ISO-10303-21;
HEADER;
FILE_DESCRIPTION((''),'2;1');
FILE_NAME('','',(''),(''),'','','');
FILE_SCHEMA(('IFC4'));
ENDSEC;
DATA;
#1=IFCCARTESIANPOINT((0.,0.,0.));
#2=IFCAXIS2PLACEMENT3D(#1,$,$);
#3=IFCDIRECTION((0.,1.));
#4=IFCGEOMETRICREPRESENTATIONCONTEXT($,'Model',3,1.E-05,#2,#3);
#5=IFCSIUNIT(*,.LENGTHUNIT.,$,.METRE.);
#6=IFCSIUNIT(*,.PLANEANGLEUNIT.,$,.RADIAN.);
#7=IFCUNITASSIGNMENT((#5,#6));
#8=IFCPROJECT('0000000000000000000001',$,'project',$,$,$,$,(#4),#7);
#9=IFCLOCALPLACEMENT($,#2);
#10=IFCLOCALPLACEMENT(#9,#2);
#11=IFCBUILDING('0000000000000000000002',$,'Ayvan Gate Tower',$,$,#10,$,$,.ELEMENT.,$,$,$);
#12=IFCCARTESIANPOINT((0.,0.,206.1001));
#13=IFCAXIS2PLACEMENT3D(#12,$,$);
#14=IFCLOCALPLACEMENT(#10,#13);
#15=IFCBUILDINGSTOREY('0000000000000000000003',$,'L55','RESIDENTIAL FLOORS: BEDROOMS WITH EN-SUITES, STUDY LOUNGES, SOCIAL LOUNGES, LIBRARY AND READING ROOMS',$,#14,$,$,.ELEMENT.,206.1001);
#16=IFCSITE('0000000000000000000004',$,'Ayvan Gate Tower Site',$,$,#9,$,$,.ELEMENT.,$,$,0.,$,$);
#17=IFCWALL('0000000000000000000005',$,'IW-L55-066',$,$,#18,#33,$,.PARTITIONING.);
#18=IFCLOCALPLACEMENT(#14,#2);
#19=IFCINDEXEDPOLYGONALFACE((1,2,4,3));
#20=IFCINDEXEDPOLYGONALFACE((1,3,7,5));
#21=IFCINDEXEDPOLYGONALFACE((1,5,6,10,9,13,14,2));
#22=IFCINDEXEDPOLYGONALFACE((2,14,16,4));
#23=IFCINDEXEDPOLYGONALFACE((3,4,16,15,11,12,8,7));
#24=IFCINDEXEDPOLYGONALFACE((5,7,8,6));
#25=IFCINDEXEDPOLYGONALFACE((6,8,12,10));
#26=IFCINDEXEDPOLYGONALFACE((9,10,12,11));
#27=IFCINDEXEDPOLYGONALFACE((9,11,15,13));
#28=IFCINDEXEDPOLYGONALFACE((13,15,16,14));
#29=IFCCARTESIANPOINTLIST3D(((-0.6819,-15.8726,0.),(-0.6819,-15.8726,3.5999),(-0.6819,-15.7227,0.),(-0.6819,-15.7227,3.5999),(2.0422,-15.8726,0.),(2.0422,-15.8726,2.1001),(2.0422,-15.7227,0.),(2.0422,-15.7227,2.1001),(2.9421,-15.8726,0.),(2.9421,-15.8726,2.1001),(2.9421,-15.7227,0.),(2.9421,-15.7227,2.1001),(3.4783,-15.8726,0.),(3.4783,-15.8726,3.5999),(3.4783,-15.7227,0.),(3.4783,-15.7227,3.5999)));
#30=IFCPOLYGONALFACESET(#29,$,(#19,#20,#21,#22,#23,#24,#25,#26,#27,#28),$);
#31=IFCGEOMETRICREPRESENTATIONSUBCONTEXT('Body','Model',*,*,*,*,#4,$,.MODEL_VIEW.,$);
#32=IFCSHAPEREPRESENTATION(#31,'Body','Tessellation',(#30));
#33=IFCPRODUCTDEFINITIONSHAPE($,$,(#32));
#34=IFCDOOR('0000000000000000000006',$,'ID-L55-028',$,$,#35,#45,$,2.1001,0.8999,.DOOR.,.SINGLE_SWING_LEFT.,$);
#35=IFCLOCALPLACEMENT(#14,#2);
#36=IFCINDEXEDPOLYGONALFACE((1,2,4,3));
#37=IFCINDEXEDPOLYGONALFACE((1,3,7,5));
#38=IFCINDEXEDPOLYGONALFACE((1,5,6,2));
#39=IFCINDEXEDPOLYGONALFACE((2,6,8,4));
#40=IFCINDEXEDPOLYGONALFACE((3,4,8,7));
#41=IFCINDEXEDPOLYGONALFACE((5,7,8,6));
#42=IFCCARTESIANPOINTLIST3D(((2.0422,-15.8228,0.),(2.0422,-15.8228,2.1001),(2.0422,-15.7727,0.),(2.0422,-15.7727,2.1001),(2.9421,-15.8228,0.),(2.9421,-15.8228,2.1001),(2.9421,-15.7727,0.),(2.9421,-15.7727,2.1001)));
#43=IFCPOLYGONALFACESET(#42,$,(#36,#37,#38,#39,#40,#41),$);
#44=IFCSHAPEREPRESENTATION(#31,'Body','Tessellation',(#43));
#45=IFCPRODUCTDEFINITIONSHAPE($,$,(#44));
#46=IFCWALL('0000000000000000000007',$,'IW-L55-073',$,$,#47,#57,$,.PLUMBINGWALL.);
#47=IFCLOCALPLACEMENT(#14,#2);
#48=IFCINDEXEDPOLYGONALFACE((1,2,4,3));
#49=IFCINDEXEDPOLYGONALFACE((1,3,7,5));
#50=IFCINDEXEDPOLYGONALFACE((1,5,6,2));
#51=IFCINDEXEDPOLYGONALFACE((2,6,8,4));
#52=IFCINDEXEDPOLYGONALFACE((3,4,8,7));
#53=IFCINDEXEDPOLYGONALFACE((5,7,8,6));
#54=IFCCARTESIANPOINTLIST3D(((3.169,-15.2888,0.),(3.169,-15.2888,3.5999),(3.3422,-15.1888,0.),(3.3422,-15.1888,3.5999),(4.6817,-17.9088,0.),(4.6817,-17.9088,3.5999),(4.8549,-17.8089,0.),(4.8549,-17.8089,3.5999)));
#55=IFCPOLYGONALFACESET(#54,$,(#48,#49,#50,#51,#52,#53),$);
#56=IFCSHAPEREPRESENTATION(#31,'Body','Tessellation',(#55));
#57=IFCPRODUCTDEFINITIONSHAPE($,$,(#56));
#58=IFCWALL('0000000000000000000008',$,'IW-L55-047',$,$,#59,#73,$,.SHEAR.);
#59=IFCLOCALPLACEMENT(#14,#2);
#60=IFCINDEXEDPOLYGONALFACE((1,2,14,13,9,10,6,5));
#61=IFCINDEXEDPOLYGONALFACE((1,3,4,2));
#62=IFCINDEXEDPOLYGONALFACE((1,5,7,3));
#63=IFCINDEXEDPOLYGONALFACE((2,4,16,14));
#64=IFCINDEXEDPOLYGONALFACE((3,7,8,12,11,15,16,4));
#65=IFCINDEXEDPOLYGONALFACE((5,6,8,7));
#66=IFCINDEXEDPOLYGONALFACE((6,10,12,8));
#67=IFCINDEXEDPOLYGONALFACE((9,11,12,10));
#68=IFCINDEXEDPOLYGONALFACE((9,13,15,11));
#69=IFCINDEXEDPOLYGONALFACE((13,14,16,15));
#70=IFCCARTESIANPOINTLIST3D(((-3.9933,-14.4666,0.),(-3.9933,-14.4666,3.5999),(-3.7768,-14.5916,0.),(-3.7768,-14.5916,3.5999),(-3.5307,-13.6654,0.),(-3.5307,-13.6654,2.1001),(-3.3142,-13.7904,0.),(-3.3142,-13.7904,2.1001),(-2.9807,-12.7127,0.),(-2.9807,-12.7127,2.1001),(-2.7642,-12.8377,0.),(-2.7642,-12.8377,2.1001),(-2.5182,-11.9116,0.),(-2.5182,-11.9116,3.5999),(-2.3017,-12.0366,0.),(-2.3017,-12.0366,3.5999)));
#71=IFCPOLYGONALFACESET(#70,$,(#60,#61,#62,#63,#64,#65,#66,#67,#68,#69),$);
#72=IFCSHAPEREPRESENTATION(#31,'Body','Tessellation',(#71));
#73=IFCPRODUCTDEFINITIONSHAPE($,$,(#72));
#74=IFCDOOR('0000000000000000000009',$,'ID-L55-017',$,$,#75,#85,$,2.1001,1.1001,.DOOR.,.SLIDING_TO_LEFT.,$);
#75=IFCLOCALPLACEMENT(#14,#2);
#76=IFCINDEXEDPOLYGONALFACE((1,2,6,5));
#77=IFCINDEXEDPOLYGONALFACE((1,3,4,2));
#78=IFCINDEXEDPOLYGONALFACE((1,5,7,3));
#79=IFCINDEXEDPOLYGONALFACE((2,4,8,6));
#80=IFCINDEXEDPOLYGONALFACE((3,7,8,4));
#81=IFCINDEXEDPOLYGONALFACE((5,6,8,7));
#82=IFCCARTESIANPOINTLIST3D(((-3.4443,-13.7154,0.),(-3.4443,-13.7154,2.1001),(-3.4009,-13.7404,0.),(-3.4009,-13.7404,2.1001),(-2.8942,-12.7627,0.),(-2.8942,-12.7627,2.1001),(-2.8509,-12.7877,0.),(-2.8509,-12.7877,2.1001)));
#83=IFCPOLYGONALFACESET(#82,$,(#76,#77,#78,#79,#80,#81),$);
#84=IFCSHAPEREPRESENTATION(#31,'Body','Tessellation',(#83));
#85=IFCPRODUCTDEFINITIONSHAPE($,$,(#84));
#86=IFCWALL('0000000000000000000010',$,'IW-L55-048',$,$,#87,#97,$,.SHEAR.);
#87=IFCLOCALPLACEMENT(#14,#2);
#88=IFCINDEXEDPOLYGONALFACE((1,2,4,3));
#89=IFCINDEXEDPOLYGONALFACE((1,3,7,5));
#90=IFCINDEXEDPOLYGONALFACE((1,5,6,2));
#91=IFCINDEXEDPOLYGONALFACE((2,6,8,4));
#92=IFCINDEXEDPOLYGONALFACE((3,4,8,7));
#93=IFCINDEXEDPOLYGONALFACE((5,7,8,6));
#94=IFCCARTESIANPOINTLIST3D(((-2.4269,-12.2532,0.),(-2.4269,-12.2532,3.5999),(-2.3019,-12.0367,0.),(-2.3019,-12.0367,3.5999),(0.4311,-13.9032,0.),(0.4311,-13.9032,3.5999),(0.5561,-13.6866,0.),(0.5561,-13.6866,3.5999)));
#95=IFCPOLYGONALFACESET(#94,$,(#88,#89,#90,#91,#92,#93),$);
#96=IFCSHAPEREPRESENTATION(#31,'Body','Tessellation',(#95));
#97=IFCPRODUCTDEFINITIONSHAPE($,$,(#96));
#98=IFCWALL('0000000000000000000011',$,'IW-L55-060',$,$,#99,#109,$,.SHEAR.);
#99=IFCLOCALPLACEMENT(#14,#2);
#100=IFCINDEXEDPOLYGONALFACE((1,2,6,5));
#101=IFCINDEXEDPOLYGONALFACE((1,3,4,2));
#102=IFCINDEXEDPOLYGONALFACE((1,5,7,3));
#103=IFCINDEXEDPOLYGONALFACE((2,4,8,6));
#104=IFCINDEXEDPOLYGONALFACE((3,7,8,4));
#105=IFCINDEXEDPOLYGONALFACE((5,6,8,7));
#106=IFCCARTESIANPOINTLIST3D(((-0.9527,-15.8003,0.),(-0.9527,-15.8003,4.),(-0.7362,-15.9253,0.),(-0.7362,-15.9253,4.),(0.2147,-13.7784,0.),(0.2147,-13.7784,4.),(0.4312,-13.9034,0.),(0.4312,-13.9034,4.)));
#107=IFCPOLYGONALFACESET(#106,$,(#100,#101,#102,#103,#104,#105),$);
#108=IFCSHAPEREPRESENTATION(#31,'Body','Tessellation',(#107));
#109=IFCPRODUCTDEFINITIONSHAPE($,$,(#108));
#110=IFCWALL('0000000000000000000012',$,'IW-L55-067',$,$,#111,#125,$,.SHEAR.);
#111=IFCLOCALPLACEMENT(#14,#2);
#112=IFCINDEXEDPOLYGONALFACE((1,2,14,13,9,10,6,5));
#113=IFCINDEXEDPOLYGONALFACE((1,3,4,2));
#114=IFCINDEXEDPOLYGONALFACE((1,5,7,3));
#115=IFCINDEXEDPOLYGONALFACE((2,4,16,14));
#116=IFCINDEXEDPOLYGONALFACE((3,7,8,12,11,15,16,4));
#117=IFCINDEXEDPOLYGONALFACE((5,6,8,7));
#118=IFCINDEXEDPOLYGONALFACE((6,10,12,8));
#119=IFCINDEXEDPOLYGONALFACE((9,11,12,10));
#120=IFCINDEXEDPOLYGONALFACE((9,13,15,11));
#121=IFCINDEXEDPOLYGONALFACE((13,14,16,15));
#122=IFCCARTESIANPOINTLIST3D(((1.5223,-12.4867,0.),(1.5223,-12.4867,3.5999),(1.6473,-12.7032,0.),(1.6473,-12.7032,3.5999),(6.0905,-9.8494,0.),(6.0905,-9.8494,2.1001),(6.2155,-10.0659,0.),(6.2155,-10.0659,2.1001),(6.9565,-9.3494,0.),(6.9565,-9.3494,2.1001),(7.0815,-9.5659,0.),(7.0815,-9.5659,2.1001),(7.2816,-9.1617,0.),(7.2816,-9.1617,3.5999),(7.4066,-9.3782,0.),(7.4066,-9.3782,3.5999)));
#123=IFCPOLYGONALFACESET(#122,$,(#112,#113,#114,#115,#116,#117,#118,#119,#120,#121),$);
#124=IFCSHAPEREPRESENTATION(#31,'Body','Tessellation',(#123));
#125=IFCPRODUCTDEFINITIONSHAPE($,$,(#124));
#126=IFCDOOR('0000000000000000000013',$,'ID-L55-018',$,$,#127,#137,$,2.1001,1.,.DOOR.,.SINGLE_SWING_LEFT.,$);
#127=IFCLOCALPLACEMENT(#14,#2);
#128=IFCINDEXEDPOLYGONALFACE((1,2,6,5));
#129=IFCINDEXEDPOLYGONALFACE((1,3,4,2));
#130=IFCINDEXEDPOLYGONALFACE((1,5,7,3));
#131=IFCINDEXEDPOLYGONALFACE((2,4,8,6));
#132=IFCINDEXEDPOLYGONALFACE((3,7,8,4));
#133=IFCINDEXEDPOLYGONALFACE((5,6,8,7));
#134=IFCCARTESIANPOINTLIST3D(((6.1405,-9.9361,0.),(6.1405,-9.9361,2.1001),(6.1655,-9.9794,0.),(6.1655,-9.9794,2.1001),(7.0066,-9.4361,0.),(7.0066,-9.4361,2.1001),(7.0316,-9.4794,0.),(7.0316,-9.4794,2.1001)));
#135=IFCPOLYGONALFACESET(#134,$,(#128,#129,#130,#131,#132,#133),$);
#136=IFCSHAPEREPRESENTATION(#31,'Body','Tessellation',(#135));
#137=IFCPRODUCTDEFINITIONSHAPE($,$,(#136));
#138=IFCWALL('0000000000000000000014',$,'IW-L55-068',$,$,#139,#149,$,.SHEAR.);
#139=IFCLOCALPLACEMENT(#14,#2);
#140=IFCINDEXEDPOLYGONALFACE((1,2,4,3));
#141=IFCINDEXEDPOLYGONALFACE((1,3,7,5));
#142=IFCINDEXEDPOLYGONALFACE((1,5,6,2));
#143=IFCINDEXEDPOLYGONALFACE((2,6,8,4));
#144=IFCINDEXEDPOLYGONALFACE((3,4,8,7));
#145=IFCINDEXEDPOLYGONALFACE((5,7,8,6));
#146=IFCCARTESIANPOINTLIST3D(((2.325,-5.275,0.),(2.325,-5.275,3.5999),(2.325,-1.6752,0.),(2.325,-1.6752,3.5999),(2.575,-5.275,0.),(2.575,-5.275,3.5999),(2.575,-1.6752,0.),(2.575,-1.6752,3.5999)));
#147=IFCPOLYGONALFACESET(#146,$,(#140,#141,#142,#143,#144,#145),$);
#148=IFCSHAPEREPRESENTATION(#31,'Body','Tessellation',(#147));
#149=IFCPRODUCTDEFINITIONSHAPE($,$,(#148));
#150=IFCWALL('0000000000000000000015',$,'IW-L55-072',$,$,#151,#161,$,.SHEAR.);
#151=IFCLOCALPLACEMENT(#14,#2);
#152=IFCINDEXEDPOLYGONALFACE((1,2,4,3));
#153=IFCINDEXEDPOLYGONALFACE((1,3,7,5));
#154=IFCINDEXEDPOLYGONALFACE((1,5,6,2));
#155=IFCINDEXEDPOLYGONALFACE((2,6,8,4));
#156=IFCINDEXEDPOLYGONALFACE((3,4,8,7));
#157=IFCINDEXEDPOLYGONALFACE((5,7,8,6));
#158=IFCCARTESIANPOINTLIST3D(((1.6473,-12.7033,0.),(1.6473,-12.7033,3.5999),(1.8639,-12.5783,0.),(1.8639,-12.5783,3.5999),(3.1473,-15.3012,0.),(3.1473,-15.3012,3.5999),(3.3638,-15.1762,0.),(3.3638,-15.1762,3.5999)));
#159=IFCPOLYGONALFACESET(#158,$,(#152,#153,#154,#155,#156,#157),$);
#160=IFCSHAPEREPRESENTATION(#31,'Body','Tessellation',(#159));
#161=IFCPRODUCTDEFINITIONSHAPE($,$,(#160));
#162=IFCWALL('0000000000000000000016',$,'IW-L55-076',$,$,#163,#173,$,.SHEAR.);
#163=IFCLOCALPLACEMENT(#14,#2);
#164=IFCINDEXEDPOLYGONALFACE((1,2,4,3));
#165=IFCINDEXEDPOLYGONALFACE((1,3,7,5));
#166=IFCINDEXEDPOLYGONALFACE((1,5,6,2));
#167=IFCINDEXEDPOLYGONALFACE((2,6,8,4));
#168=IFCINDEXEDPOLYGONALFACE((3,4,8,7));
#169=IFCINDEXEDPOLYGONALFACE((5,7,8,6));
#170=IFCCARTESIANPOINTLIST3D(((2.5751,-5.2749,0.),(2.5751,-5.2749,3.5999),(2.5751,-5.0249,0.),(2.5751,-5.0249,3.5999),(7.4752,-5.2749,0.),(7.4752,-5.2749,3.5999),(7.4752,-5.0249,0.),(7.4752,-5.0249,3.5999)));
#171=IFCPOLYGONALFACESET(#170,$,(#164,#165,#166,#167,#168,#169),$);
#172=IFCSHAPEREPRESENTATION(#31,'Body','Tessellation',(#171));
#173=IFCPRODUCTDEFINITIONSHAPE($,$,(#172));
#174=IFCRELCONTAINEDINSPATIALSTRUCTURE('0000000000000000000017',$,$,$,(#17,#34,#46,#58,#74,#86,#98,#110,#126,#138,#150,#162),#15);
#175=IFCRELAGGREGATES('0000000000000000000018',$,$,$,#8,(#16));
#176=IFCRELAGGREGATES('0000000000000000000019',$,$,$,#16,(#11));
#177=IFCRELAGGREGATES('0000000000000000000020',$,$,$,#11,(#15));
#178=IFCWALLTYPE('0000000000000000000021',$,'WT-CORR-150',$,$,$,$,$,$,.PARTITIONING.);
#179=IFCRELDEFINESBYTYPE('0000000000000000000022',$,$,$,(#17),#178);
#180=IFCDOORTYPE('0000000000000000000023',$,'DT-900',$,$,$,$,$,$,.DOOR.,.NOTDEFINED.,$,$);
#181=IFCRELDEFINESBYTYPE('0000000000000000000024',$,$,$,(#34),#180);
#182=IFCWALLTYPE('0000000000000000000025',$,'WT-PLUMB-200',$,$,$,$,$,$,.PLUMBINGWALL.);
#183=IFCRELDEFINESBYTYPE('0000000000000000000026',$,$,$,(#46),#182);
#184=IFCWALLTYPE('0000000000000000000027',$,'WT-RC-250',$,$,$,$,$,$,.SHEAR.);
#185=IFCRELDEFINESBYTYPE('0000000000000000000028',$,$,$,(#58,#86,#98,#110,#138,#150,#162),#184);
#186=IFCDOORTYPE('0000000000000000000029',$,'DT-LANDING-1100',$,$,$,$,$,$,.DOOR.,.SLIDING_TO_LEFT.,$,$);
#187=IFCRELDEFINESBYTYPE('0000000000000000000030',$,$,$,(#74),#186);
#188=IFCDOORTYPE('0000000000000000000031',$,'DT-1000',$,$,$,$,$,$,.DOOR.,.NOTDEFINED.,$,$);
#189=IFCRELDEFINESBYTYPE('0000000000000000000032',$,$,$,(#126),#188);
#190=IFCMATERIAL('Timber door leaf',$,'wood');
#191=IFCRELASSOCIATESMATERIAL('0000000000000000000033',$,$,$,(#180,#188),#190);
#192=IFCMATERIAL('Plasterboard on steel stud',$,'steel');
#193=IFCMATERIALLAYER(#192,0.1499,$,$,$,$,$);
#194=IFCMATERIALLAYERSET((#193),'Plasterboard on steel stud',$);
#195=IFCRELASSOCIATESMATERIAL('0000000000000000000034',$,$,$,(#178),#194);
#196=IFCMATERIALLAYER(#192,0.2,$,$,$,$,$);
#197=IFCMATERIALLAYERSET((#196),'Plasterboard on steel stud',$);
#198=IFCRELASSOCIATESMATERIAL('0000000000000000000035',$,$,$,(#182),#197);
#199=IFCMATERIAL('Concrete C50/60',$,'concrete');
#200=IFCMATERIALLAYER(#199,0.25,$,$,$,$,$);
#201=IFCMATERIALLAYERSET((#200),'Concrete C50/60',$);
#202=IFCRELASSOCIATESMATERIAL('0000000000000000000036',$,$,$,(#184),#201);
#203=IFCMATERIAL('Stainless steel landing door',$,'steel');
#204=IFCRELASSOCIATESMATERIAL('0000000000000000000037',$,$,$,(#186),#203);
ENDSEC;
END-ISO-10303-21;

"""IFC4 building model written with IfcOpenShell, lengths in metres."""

from ifc_helpers import new_model, si_unit, direction, frame, frame_2d, origin, place, context, subcontext, project, spatial, rectangle, extrude, material, layer, layer_set, type_object, element, fill, save


model = new_model("IFC4")

# Units and contexts
model_context = context("Model", 3, precision=1e-05, world=origin(), true_north=direction((0.0, 1.0)))
body_context = subcontext(model_context, "Body", "Model", "MODEL_VIEW")
ifc_project = project(units=[si_unit("LENGTHUNIT", "METRE"), si_unit("PLANEANGLEUNIT", "RADIAN")], contexts=[model_context])

# Site, building, storey
site_placement = place(None, origin())
site = spatial("IfcSite", under=ifc_project, at=site_placement, Name="Ayvan Gate Tower Site", CompositionType="ELEMENT", RefElevation=0.0)
building_placement = place(site_placement, origin())
building = spatial("IfcBuilding", under=site, at=building_placement, Name="Ayvan Gate Tower", CompositionType="ELEMENT")
storey_placement = place(building_placement, frame((0.0, 0.0, 206.1001)))
storey = spatial("IfcBuildingStorey", under=building, at=storey_placement, Name="L55", Description="RESIDENTIAL FLOORS: BEDROOMS WITH EN-SUITES, STUDY LOUNGES, SOCIAL LOUNGES, LIBRARY AND READING ROOMS", CompositionType="ELEMENT", Elevation=206.1001)

# Wall, opening, door
ifc_material_1 = material(Name="Timber door leaf", Category="wood")
door_type_1 = type_object("IfcDoorType", Name="DT-900", OperationType="NOTDEFINED", PredefinedType="DOOR", material=ifc_material_1)
ifc_material_2 = material(Name="Plasterboard on steel stud", Category="steel")
ifc_layer_1 = layer(ifc_material_2, 0.1499)
ifc_layer_set_1 = layer_set([ifc_layer_1], Name="Plasterboard on steel stud")
wall_type_1 = type_object("IfcWallType", Name="WT-CORR-150", PredefinedType="PARTITIONING", material=ifc_layer_set_1)
wall_1_placement = place(storey_placement, frame((-0.6819, -15.7976, 0.0), z_axis=(0.0, 0.0, 1.0), x_axis=(1.0, 0.0, 0.0)))
wall_1 = element("IfcWall", 1, at=wall_1_placement, inside=storey, type_object=wall_type_1, Name="IW-L55-066", PredefinedType="PARTITIONING", context=body_context, shape_type="SweptSolid", body=[
    extrude(rectangle(XDim=4.1602, YDim=0.1499, at=frame_2d((2.0801, 0.0))), origin(), (0.0, 0.0, 1.0), 3.5999),
])
opening_1_placement = place(wall_1_placement, frame((2.7241, 0.0, 0.0)))
opening_1 = element("IfcOpeningElement", 2, at=opening_1_placement, cuts=wall_1, PredefinedType="OPENING", context=body_context, shape_type="SweptSolid", body=[
    extrude(rectangle(XDim=0.8999, YDim=2.1001, at=frame_2d((0.45, 1.05))), frame((0.0, 0.085, 0.0), z_axis=(0.0, -1.0, 0.0), x_axis=(1.0, 0.0, 0.0)), (0.0, 0.0, 1.0), 0.1699),
])
door_1_placement = place(opening_1_placement, origin())
door_1 = element("IfcDoor", 3, at=door_1_placement, inside=storey, type_object=door_type_1, Name="ID-L55-028", OperationType="SINGLE_SWING_LEFT", OverallHeight=2.1001, OverallWidth=0.8999, PredefinedType="DOOR", context=body_context, shape_type="SweptSolid", body=[
    extrude(rectangle(XDim=0.8999, YDim=2.1001, at=frame_2d((0.45, 1.05))), frame((0.0, 0.0249, 0.0), z_axis=(0.0, -1.0, 0.0), x_axis=(1.0, 0.0, 0.0)), (0.0, 0.0, 1.0), 0.05),
])
fill(opening_1, door_1)

# Wall
ifc_layer_2 = layer(ifc_material_2, 0.2)
ifc_layer_set_2 = layer_set([ifc_layer_2], Name="Plasterboard on steel stud")
wall_type_2 = type_object("IfcWallType", Name="WT-PLUMB-200", PredefinedType="PLUMBINGWALL", material=ifc_layer_set_2)
wall_2_placement = place(storey_placement, frame((3.2556, -15.2388, 0.0), z_axis=(0.0, 0.0, 1.0), x_axis=(0.499993, -0.86603, 0.0)))
element("IfcWall", 4, at=wall_2_placement, inside=storey, type_object=wall_type_2, Name="IW-L55-073", PredefinedType="PLUMBINGWALL", context=body_context, shape_type="SweptSolid", body=[
    extrude(rectangle(XDim=3.0254, YDim=0.2, at=frame_2d((1.5127, 0.0))), origin(), (0.0, 0.0, 1.0), 3.5999),
])

# Wall, opening, door
ifc_material_3 = material(Name="Concrete C50/60", Category="concrete")
ifc_layer_3 = layer(ifc_material_3, 0.25)
ifc_layer_set_3 = layer_set([ifc_layer_3], Name="Concrete C50/60")
wall_type_3 = type_object("IfcWallType", Name="WT-RC-250", PredefinedType="SHEAR", material=ifc_layer_set_3)
wall_3_placement = place(storey_placement, frame((-2.4099, -11.9741, 0.0), z_axis=(0.0, 0.0, 1.0), x_axis=(-0.500002, -0.866024, 0.0)))
wall_3 = element("IfcWall", 5, at=wall_3_placement, inside=storey, type_object=wall_type_3, Name="IW-L55-047", PredefinedType="SHEAR", context=body_context, shape_type="SweptSolid", body=[
    extrude(rectangle(XDim=2.9502, YDim=0.25, at=frame_2d((1.4751, 0.0))), origin(), (0.0, 0.0, 1.0), 3.5999),
])
opening_2_placement = place(wall_3_placement, frame((0.925, 0.0, 0.0)))
opening_2 = element("IfcOpeningElement", 6, at=opening_2_placement, cuts=wall_3, PredefinedType="OPENING", context=body_context, shape_type="SweptSolid", body=[
    extrude(rectangle(XDim=1.1001, YDim=2.1001, at=frame_2d((0.55, 1.05))), frame((0.0, 0.135, 0.0), z_axis=(0.0, -1.0, 0.0), x_axis=(1.0, 0.0, 0.0)), (0.0, 0.0, 1.0), 0.27),
])
ifc_material_4 = material(Name="Stainless steel landing door", Category="steel")
door_type_2 = type_object("IfcDoorType", Name="DT-LANDING-1100", OperationType="SLIDING_TO_LEFT", PredefinedType="DOOR", material=ifc_material_4)
door_2_placement = place(opening_2_placement, origin())
door_2 = element("IfcDoor", 7, at=door_2_placement, inside=storey, type_object=door_type_2, Name="ID-L55-017", OperationType="SLIDING_TO_LEFT", OverallHeight=2.1001, OverallWidth=1.1001, PredefinedType="DOOR", context=body_context, shape_type="SweptSolid", body=[
    extrude(rectangle(XDim=1.1001, YDim=2.1001, at=frame_2d((0.55, 1.05))), frame((0.0, 0.0249, 0.0), z_axis=(0.0, -1.0, 0.0), x_axis=(1.0, 0.0, 0.0)), (0.0, 0.0, 1.0), 0.05),
])
fill(opening_2, door_2)

# Walls
wall_4_placement = place(storey_placement, frame((-2.3643, -12.145, 0.0), z_axis=(0.0, 0.0, 1.0), x_axis=(0.86604, -0.499974, 0.0)))
element("IfcWall", 8, at=wall_4_placement, inside=storey, type_object=wall_type_3, Name="IW-L55-048", PredefinedType="SHEAR", context=body_context, shape_type="SweptSolid", body=[
    extrude(rectangle(XDim=3.3, YDim=0.25, at=frame_2d((1.6499, 0.0))), origin(), (0.0, 0.0, 1.0), 3.5999),
])
wall_5_placement = place(storey_placement, frame((0.323, -13.8408, 0.0), z_axis=(0.0, 0.0, 1.0), x_axis=(-0.50003, -0.866008, 0.0)))
element("IfcWall", 9, at=wall_5_placement, inside=storey, type_object=wall_type_3, Name="IW-L55-060", PredefinedType="SHEAR", context=body_context, shape_type="SweptSolid", body=[
    extrude(rectangle(XDim=2.3347, YDim=0.25, at=frame_2d((1.1675, 0.0))), origin(), (0.0, 0.0, 1.0), 4.0),
])

# Wall, opening, door
wall_6_placement = place(storey_placement, frame((1.5847, -12.595, 0.0), z_axis=(0.0, 0.0, 1.0), x_axis=(0.866036, 0.499981, 0.0)))
wall_6 = element("IfcWall", 10, at=wall_6_placement, inside=storey, type_object=wall_type_3, Name="IW-L55-067", PredefinedType="SHEAR", context=body_context, shape_type="SweptSolid", body=[
    extrude(rectangle(XDim=6.6501, YDim=0.25, at=frame_2d((3.3252, 0.0))), origin(), (0.0, 0.0, 1.0), 3.5999),
])
opening_3_placement = place(wall_6_placement, frame((5.2749, 0.0, 0.0)))
opening_3 = element("IfcOpeningElement", 11, at=opening_3_placement, cuts=wall_6, PredefinedType="OPENING", context=body_context, shape_type="SweptSolid", body=[
    extrude(rectangle(XDim=1.0, YDim=2.1001, at=frame_2d((0.5, 1.05))), frame((0.0, 0.135, 0.0), z_axis=(0.0, -1.0, 0.0), x_axis=(1.0, 0.0, 0.0)), (0.0, 0.0, 1.0), 0.27),
])
door_type_3 = type_object("IfcDoorType", Name="DT-1000", OperationType="NOTDEFINED", PredefinedType="DOOR", material=ifc_material_1)
door_3_placement = place(opening_3_placement, origin())
door_3 = element("IfcDoor", 12, at=door_3_placement, inside=storey, type_object=door_type_3, Name="ID-L55-018", OperationType="SINGLE_SWING_LEFT", OverallHeight=2.1001, OverallWidth=1.0, PredefinedType="DOOR", context=body_context, shape_type="SweptSolid", body=[
    extrude(rectangle(XDim=1.0, YDim=2.1001, at=frame_2d((0.5, 1.05))), frame((0.0, 0.0249, 0.0), z_axis=(0.0, -1.0, 0.0), x_axis=(1.0, 0.0, 0.0)), (0.0, 0.0, 1.0), 0.05),
])
fill(opening_3, door_3)

# Walls
wall_7_placement = place(storey_placement, frame((2.45, -5.2749, 0.0), z_axis=(0.0, 0.0, 1.0), x_axis=(0.0, 1.0, 0.0)))
element("IfcWall", 13, at=wall_7_placement, inside=storey, type_object=wall_type_3, Name="IW-L55-068", PredefinedType="SHEAR", context=body_context, shape_type="SweptSolid", body=[
    extrude(rectangle(XDim=3.5999, YDim=0.25, at=frame_2d((1.7998, 0.0))), origin(), (0.0, 0.0, 1.0), 3.5999),
])
wall_8_placement = place(storey_placement, frame((3.2556, -15.2388, 0.0), z_axis=(0.0, 0.0, 1.0), x_axis=(-0.500025, 0.866011, 0.0)))
element("IfcWall", 14, at=wall_8_placement, inside=storey, type_object=wall_type_3, Name="IW-L55-072", PredefinedType="SHEAR", context=body_context, shape_type="SweptSolid", body=[
    extrude(rectangle(XDim=2.9998, YDim=0.25, at=frame_2d((1.5, 0.0))), origin(), (0.0, 0.0, 1.0), 3.5999),
])
wall_9_placement = place(storey_placement, frame((2.575, -5.1499, 0.0), z_axis=(0.0, 0.0, 1.0), x_axis=(1.0, 0.0, 0.0)))
element("IfcWall", 15, at=wall_9_placement, inside=storey, type_object=wall_type_3, Name="IW-L55-076", PredefinedType="SHEAR", context=body_context, shape_type="SweptSolid", body=[
    extrude(rectangle(XDim=4.9001, YDim=0.25, at=frame_2d((2.4502, 0.0))), origin(), (0.0, 0.0, 1.0), 3.5999),
])

save(model, "model.ifc")
